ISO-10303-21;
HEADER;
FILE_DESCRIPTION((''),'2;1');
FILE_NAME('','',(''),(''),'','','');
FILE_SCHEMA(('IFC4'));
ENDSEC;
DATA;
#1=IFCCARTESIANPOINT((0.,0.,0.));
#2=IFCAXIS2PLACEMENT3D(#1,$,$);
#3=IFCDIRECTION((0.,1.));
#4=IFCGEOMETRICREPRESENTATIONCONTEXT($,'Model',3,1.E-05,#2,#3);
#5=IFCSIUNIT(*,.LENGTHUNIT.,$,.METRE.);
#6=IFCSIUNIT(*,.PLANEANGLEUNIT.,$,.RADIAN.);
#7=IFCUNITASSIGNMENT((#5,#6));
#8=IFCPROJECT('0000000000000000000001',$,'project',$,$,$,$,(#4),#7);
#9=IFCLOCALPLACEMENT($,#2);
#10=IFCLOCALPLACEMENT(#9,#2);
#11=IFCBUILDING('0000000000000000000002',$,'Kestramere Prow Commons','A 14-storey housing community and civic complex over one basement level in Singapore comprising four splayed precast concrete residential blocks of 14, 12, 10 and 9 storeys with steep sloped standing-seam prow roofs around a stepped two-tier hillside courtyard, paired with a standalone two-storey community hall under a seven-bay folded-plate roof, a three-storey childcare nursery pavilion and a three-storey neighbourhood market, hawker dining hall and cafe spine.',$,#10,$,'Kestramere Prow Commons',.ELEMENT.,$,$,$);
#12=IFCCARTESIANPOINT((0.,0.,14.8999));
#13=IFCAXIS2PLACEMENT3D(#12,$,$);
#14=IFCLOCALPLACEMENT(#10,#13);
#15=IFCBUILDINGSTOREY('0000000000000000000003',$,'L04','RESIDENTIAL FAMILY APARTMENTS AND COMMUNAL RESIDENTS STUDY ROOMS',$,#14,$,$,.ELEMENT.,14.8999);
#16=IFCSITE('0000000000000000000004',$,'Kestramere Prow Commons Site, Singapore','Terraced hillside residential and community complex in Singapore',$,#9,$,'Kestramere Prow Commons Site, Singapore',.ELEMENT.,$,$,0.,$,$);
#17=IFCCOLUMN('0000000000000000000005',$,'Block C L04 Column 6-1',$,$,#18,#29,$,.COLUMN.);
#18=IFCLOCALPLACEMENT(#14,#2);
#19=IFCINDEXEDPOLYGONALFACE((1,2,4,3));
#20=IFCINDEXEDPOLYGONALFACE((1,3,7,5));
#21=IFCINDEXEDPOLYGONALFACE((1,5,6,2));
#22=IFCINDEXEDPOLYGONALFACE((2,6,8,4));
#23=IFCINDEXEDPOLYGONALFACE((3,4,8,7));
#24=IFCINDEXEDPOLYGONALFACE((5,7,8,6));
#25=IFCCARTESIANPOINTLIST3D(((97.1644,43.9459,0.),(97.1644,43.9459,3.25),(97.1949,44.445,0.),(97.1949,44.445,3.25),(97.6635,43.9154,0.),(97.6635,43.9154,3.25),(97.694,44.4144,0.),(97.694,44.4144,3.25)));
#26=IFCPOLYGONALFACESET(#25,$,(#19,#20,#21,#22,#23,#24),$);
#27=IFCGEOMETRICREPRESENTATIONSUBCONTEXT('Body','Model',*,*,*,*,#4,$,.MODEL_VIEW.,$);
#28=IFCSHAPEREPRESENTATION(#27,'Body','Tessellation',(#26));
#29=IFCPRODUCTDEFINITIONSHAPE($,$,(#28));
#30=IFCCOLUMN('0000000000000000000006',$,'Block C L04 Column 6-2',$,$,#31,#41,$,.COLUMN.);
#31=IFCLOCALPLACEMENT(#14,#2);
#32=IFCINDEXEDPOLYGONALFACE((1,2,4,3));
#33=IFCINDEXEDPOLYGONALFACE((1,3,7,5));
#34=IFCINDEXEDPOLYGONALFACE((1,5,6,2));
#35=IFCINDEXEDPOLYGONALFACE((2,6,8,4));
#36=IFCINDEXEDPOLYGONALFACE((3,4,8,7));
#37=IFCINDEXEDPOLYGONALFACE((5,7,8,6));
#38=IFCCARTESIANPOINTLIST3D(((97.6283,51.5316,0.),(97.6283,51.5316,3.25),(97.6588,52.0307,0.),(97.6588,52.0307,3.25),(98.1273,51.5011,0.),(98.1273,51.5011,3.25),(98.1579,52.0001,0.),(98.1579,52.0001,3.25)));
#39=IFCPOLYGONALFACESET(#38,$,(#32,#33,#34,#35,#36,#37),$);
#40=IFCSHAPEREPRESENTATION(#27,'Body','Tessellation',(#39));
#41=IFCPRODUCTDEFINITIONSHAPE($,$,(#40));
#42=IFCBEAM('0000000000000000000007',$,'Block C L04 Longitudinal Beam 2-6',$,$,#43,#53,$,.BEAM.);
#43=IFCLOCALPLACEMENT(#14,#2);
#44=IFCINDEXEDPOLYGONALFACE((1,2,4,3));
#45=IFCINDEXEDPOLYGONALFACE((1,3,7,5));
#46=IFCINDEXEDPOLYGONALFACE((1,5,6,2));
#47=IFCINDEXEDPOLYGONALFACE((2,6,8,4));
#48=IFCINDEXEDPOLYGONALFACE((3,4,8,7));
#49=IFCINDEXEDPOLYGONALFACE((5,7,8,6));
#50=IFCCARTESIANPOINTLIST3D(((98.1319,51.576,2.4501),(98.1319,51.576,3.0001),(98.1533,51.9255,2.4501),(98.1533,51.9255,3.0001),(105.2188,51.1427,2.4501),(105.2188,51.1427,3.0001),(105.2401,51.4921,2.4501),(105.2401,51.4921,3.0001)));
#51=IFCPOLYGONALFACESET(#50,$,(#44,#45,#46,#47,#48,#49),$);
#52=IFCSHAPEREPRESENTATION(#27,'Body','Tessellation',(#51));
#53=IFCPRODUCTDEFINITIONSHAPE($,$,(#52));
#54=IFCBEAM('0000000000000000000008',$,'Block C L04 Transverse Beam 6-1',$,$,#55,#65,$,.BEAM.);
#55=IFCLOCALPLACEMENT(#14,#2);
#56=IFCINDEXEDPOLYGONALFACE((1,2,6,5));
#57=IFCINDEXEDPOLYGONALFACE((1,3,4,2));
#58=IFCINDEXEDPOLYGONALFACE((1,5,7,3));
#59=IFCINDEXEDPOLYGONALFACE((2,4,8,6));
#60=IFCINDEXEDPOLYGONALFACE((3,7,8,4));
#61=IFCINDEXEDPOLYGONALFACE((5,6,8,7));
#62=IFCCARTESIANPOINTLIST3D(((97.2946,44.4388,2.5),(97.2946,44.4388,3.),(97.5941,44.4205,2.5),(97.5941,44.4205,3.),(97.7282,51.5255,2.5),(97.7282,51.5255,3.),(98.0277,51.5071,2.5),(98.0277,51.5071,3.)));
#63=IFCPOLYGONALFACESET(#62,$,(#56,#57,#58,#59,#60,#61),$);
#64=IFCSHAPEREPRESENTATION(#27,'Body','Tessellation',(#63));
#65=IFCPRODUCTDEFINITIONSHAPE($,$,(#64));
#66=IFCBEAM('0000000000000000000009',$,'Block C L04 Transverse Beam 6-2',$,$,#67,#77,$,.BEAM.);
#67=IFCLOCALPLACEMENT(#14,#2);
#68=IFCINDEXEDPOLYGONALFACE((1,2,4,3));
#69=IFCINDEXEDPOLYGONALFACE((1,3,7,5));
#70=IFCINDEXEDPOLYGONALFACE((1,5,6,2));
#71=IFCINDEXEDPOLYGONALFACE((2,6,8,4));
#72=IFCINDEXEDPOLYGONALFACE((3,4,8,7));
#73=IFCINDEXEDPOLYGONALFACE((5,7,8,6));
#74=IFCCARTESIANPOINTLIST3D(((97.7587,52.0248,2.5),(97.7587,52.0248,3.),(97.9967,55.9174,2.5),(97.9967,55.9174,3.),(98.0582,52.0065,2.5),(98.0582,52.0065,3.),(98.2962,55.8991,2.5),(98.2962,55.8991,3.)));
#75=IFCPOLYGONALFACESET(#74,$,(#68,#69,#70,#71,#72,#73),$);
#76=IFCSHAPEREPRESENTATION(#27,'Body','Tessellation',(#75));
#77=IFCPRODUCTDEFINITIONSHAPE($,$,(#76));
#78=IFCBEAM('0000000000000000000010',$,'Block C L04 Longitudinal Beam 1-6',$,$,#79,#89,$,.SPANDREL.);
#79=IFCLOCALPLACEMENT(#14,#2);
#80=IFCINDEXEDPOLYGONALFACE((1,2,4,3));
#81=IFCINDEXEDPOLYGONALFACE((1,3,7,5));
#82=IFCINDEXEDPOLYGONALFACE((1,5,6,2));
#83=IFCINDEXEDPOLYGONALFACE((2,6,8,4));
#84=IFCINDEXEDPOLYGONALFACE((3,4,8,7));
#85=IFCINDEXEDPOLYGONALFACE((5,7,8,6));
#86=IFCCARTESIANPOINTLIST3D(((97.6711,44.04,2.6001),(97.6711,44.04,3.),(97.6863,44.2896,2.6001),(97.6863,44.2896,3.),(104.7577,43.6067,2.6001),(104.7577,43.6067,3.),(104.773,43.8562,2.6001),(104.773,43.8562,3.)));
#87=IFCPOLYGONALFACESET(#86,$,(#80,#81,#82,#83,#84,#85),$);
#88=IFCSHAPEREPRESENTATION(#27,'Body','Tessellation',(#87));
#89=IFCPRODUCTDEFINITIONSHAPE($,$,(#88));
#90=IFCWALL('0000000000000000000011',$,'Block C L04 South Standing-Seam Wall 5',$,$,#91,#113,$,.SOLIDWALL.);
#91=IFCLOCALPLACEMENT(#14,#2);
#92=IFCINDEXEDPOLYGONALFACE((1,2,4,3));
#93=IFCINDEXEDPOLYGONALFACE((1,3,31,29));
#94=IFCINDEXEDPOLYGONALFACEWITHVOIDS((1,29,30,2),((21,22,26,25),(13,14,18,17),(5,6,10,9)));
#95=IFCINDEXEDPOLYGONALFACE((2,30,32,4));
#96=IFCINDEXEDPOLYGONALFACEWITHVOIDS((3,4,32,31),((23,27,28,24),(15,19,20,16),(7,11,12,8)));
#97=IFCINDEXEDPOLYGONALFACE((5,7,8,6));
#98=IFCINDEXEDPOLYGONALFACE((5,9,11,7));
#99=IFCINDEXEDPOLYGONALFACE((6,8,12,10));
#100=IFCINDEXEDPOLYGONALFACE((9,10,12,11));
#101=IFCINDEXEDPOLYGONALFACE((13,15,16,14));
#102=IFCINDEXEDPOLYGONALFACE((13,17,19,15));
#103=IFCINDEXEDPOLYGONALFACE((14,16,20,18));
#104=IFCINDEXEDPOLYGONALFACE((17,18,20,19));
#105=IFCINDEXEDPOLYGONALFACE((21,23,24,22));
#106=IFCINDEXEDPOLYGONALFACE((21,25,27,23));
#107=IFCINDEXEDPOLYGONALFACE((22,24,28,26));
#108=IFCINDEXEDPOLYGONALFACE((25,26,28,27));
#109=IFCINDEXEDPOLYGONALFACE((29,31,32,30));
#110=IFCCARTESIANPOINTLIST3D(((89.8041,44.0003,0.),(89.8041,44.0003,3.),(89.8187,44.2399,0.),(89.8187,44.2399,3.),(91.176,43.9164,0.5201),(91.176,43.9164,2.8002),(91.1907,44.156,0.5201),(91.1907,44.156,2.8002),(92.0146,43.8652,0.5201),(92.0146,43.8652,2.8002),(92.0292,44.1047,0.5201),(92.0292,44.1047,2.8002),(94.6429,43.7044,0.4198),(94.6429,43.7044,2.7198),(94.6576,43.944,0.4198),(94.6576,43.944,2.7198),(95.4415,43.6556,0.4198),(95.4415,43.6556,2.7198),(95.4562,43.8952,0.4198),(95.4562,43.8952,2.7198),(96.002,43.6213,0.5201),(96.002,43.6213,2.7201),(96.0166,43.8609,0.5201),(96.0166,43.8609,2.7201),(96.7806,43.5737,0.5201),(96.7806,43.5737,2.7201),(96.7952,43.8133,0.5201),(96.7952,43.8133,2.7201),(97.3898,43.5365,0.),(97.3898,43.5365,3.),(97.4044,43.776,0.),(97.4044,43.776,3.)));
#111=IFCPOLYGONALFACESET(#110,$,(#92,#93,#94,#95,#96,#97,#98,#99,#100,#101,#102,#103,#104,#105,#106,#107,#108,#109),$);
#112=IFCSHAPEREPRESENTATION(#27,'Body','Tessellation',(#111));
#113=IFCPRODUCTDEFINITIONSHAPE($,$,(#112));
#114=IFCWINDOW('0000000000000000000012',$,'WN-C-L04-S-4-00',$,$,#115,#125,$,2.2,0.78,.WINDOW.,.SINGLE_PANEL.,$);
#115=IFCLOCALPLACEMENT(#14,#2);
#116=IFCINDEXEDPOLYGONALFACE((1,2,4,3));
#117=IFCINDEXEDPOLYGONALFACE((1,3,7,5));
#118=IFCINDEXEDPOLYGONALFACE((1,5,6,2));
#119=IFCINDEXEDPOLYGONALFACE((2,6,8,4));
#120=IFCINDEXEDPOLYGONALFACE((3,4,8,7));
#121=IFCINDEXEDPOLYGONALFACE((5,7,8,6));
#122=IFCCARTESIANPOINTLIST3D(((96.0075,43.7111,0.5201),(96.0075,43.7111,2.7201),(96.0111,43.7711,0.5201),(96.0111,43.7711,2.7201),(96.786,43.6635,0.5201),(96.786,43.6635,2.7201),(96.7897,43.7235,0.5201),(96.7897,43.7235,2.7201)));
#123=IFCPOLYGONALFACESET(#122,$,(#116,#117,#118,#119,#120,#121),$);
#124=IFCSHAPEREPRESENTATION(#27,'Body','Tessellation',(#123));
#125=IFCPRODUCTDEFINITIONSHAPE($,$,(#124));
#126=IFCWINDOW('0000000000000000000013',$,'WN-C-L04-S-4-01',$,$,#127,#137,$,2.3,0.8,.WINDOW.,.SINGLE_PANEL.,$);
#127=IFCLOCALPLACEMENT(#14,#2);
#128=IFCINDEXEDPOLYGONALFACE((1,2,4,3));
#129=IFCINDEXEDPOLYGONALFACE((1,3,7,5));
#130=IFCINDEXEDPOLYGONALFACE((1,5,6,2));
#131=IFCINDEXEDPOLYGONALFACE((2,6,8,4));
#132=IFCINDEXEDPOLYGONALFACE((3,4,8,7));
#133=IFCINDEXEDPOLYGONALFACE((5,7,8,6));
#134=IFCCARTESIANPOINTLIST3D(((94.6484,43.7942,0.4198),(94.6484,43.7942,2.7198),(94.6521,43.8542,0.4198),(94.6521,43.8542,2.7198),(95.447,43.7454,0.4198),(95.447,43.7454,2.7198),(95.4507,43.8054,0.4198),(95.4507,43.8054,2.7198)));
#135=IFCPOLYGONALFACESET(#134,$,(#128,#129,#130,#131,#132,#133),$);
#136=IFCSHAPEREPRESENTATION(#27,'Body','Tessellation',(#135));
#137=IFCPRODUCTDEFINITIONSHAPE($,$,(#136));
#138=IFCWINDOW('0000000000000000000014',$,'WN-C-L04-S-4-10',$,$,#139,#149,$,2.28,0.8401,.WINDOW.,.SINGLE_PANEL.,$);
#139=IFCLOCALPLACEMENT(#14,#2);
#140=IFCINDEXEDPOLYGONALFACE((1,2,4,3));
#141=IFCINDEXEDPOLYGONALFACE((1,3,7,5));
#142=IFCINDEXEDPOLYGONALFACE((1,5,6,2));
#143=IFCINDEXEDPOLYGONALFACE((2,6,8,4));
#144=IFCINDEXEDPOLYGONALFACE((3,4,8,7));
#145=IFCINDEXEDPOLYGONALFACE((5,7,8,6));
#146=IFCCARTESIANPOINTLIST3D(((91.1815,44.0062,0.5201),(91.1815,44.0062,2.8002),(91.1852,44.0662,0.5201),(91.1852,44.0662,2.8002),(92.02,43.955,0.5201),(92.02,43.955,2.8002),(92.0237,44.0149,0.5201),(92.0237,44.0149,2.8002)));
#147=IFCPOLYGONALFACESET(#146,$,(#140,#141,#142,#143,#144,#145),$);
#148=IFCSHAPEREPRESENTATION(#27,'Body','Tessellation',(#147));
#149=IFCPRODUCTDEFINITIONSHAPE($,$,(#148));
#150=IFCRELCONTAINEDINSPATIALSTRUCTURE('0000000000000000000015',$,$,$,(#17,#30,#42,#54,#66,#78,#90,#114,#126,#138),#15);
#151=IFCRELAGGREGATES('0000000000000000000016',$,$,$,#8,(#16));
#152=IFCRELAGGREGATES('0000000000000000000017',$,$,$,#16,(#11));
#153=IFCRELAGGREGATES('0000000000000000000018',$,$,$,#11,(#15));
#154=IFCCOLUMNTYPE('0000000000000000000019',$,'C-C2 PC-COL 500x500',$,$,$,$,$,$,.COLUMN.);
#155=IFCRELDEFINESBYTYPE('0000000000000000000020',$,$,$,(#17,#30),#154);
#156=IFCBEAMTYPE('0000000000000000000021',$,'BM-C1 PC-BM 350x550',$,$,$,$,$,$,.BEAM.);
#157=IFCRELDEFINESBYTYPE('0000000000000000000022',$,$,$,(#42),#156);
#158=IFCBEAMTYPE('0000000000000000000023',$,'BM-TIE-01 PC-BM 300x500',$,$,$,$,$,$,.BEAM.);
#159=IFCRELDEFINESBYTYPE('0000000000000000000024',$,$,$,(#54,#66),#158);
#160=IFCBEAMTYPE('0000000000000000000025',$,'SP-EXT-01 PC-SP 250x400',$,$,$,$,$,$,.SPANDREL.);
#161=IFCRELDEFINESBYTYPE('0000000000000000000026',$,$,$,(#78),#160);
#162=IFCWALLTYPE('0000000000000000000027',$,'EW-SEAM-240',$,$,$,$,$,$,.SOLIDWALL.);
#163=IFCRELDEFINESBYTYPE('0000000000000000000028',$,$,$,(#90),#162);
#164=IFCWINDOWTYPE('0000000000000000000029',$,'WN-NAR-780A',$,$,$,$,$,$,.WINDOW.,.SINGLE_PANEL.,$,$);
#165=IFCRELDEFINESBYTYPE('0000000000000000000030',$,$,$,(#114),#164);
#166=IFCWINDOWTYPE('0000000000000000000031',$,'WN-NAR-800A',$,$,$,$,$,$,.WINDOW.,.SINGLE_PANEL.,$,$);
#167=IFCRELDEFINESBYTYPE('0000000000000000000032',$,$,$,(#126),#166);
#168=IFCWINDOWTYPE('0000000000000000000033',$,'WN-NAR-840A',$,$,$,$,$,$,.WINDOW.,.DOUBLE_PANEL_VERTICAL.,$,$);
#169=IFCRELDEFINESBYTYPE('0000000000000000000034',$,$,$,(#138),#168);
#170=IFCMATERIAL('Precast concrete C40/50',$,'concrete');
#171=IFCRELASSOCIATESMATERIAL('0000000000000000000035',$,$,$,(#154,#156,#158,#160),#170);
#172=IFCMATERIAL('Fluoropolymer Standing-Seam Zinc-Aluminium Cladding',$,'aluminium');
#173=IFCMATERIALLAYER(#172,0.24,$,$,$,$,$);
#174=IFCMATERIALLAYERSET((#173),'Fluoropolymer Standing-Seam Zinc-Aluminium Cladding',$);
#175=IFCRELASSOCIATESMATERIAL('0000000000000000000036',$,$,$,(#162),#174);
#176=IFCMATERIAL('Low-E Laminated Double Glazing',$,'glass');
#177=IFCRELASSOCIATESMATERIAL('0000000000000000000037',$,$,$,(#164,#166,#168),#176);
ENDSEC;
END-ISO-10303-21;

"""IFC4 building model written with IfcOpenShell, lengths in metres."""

from ifc_helpers import new_model, si_unit, direction, frame, frame_2d, origin, origin_2d, place, context, subcontext, project, spatial, rectangle, extrude, material, layer, layer_set, material_profile, profile_set, type_object, element, fill, save


model = new_model("IFC4")

# Units and contexts
model_context = context("Model", 3, precision=1e-05, world=origin(), true_north=direction((0.0, 1.0)))
body_context = subcontext(model_context, "Body", "Model", "MODEL_VIEW")
ifc_project = project(units=[si_unit("LENGTHUNIT", "METRE"), si_unit("PLANEANGLEUNIT", "RADIAN")], contexts=[model_context])

# Site, building, storey
site_placement = place(None, origin())
site = spatial("IfcSite", under=ifc_project, at=site_placement, Name="Kestramere Prow Commons Site, Singapore", Description="Terraced hillside residential and community complex in Singapore", LongName="Kestramere Prow Commons Site, Singapore", CompositionType="ELEMENT", RefElevation=0.0)
building_placement = place(site_placement, origin())
building = spatial("IfcBuilding", under=site, at=building_placement, Name="Kestramere Prow Commons", Description="A 14-storey housing community and civic complex over one basement level in Singapore comprising four splayed precast concrete residential blocks of 14, 12, 10 and 9 storeys with steep sloped standing-seam prow roofs around a stepped two-tier hillside courtyard, paired with a standalone two-storey community hall under a seven-bay folded-plate roof, a three-storey childcare nursery pavilion and a three-storey neighbourhood market, hawker dining hall and cafe spine.", LongName="Kestramere Prow Commons", CompositionType="ELEMENT")
storey_placement = place(building_placement, frame((0.0, 0.0, 14.8999)))
storey = spatial("IfcBuildingStorey", under=building, at=storey_placement, Name="L04", Description="RESIDENTIAL FAMILY APARTMENTS AND COMMUNAL RESIDENTS STUDY ROOMS", CompositionType="ELEMENT", Elevation=14.8999)

# Columns
ifc_material_1 = material(Name="Precast concrete C40/50", Category="concrete")
ifc_material_profile_1 = material_profile(ifc_material_1, rectangle(XDim=0.5, YDim=0.5, at=origin_2d()), Name="PC-COL 500x500")
ifc_profile_set_1 = profile_set([ifc_material_profile_1], Name="Precast concrete C40/50")
column_type = type_object("IfcColumnType", Name="C-C2 PC-COL 500x500", PredefinedType="COLUMN", material=ifc_profile_set_1)
for number, where, z_axis, x_axis, name in (
    (1, (97.4292, 44.1802, 0.0), (0.0, 0.0, 1.0), (0.998135, -0.061049, 0.0), "Block C L04 Column 6-1"),
    (2, (97.8931, 51.7659, 0.0), (0.0, 0.0, 1.0), (0.998135, -0.061049, 0.0), "Block C L04 Column 6-2"),
):
    element("IfcColumn", number, at=place(storey_placement, frame(where, z_axis=z_axis, x_axis=x_axis)), inside=storey, type_object=column_type, Name=name, PredefinedType="COLUMN", context=body_context, shape_type="SweptSolid", body=[
        extrude(rectangle(XDim=0.5, YDim=0.5, at=origin_2d()), origin(), (0.0, 0.0, 1.0), 3.25),
    ])

# Beams
ifc_material_profile_2 = material_profile(ifc_material_1, rectangle(XDim=0.3501, YDim=0.55, at=origin_2d()), Name="PC-BM 350x550")
ifc_profile_set_2 = profile_set([ifc_material_profile_2], Name="Precast concrete C40/50")
beam_type_1 = type_object("IfcBeamType", Name="BM-C1 PC-BM 350x550", PredefinedType="BEAM", material=ifc_profile_set_2)
beam_1_placement = place(storey_placement, frame((98.1426, 51.7507, 2.7251), z_axis=(0.998136, -0.061034, 0.0), x_axis=(0.061034, 0.998136, 0.0)))
element("IfcBeam", 3, at=beam_1_placement, inside=storey, type_object=beam_type_1, Name="Block C L04 Longitudinal Beam 2-6", PredefinedType="BEAM", context=body_context, shape_type="SweptSolid", body=[
    extrude(rectangle(XDim=0.3501, YDim=0.55, at=origin_2d()), origin(), (0.0, 0.0, 1.0), 7.1001),
])
ifc_material_profile_3 = material_profile(ifc_material_1, rectangle(XDim=0.3, YDim=0.5, at=origin_2d()), Name="PC-BM 300x500")
ifc_profile_set_3 = profile_set([ifc_material_profile_3], Name="Precast concrete C40/50")
beam_type_2 = type_object("IfcBeamType", Name="BM-TIE-01 PC-BM 300x500", PredefinedType="BEAM", material=ifc_profile_set_3)
beam_2_placement = place(storey_placement, frame((97.4443, 44.4297, 2.75), z_axis=(0.06107, 0.998133, 0.0), x_axis=(-0.998133, 0.06107, 0.0)))
element("IfcBeam", 4, at=beam_2_placement, inside=storey, type_object=beam_type_2, Name="Block C L04 Transverse Beam 6-1", PredefinedType="BEAM", context=body_context, shape_type="SweptSolid", body=[
    extrude(rectangle(XDim=0.3, YDim=0.5, at=origin_2d()), origin(), (0.0, 0.0, 1.0), 7.0999),
])
beam_3_placement = place(storey_placement, frame((97.9084, 52.0156, 2.75), z_axis=(0.061038, 0.998135, 0.0), x_axis=(-0.998135, 0.061038, 0.0)))
element("IfcBeam", 5, at=beam_3_placement, inside=storey, type_object=beam_type_2, Name="Block C L04 Transverse Beam 6-2", PredefinedType="BEAM", context=body_context, shape_type="SweptSolid", body=[
    extrude(rectangle(XDim=0.3, YDim=0.5, at=origin_2d()), origin(), (0.0, 0.0, 1.0), 3.8999),
])
ifc_material_profile_4 = material_profile(ifc_material_1, rectangle(XDim=0.25, YDim=0.3999, at=origin_2d()), Name="PC-SP 250x400")
ifc_profile_set_4 = profile_set([ifc_material_profile_4], Name="Precast concrete C40/50")
beam_type_3 = type_object("IfcBeamType", Name="SP-EXT-01 PC-SP 250x400", PredefinedType="SPANDREL", material=ifc_profile_set_4)
beam_4_placement = place(storey_placement, frame((97.6787, 44.1648, 2.8), z_axis=(0.998136, -0.061036, 0.0), x_axis=(0.061036, 0.998136, 0.0)))
element("IfcBeam", 6, at=beam_4_placement, inside=storey, type_object=beam_type_3, Name="Block C L04 Longitudinal Beam 1-6", PredefinedType="SPANDREL", context=body_context, shape_type="SweptSolid", body=[
    extrude(rectangle(XDim=0.25, YDim=0.3999, at=origin_2d()), origin(), (0.0, 0.0, 1.0), 7.0999),
])

# Wall, openings, windows
ifc_material_2 = material(Name="Fluoropolymer Standing-Seam Zinc-Aluminium Cladding", Category="aluminium")
ifc_layer_1 = layer(ifc_material_2, 0.24)
ifc_layer_set_1 = layer_set([ifc_layer_1], Name="Fluoropolymer Standing-Seam Zinc-Aluminium Cladding")
wall_type_1 = type_object("IfcWallType", Name="EW-SEAM-240", PredefinedType="SOLIDWALL", material=ifc_layer_set_1)
wall_1_placement = place(storey_placement, frame((97.397, 43.6562, 0.0), z_axis=(0.0, 0.0, 1.0), x_axis=(-0.998136, 0.061036, 0.0)))
wall_1 = element("IfcWall", 7, at=wall_1_placement, inside=storey, type_object=wall_type_1, Name="Block C L04 South Standing-Seam Wall 5", PredefinedType="SOLIDWALL", context=body_context, shape_type="SweptSolid", body=[
    extrude(rectangle(XDim=7.5999, YDim=0.24, at=frame_2d((3.7998, 0.0))), origin(), (0.0, 0.0, 1.0), 3.0),
])
opening_1_placement = place(wall_1_placement, frame((0.6101, 0.0, 0.52)))
opening_1 = element("IfcOpeningElement", 8, at=opening_1_placement, cuts=wall_1, PredefinedType="OPENING", context=body_context, shape_type="SweptSolid", body=[
    extrude(rectangle(XDim=0.78, YDim=2.2, at=frame_2d((0.3901, 1.1001))), frame((0.0, 0.135, 0.0), z_axis=(0.0, -1.0, 0.0), x_axis=(1.0, 0.0, 0.0)), (0.0, 0.0, 1.0), 0.27),
])
opening_2_placement = place(wall_1_placement, frame((1.9519, 0.0, 0.4199)))
opening_2 = element("IfcOpeningElement", 9, at=opening_2_placement, cuts=wall_1, PredefinedType="OPENING", context=body_context, shape_type="SweptSolid", body=[
    extrude(rectangle(XDim=0.8, YDim=2.3, at=frame_2d((0.3999, 1.1499))), frame((0.0, 0.135, 0.0), z_axis=(0.0, -1.0, 0.0), x_axis=(1.0, 0.0, 0.0)), (0.0, 0.0, 1.0), 0.27),
])
opening_3_placement = place(wall_1_placement, frame((5.3853, 0.0, 0.52)))
opening_3 = element("IfcOpeningElement", 10, at=opening_3_placement, cuts=wall_1, PredefinedType="OPENING", context=body_context, shape_type="SweptSolid", body=[
    extrude(rectangle(XDim=0.8401, YDim=2.28, at=frame_2d((0.4199, 1.1401))), frame((0.0, 0.135, 0.0), z_axis=(0.0, -1.0, 0.0), x_axis=(1.0, 0.0, 0.0)), (0.0, 0.0, 1.0), 0.27),
])
ifc_material_3 = material(Name="Low-E Laminated Double Glazing", Category="glass")
window_type_1 = type_object("IfcWindowType", Name="WN-NAR-780A", PartitioningType="SINGLE_PANEL", PredefinedType="WINDOW", material=ifc_material_3)
window_1_placement = place(opening_1_placement, origin())
window_1 = element("IfcWindow", 11, at=window_1_placement, inside=storey, type_object=window_type_1, Name="WN-C-L04-S-4-00", OverallHeight=2.2, OverallWidth=0.78, PartitioningType="SINGLE_PANEL", PredefinedType="WINDOW", context=body_context, shape_type="SweptSolid", body=[
    extrude(rectangle(XDim=0.78, YDim=2.2, at=frame_2d((0.3901, 1.1001))), frame((0.0, 0.03, 0.0), z_axis=(0.0, -1.0, 0.0), x_axis=(1.0, 0.0, 0.0)), (0.0, 0.0, 1.0), 0.0601),
])
fill(opening_1, window_1)
window_type_2 = type_object("IfcWindowType", Name="WN-NAR-800A", PartitioningType="SINGLE_PANEL", PredefinedType="WINDOW", material=ifc_material_3)
window_2_placement = place(opening_2_placement, origin())
window_2 = element("IfcWindow", 12, at=window_2_placement, inside=storey, type_object=window_type_2, Name="WN-C-L04-S-4-01", OverallHeight=2.3, OverallWidth=0.8, PartitioningType="SINGLE_PANEL", PredefinedType="WINDOW", context=body_context, shape_type="SweptSolid", body=[
    extrude(rectangle(XDim=0.8, YDim=2.3, at=frame_2d((0.3999, 1.1499))), frame((0.0, 0.03, 0.0), z_axis=(0.0, -1.0, 0.0), x_axis=(1.0, 0.0, 0.0)), (0.0, 0.0, 1.0), 0.0601),
])
fill(opening_2, window_2)
window_type_3 = type_object("IfcWindowType", Name="WN-NAR-840A", PartitioningType="DOUBLE_PANEL_VERTICAL", PredefinedType="WINDOW", material=ifc_material_3)
window_3_placement = place(opening_3_placement, origin())
window_3 = element("IfcWindow", 13, at=window_3_placement, inside=storey, type_object=window_type_3, Name="WN-C-L04-S-4-10", OverallHeight=2.28, OverallWidth=0.8401, PartitioningType="SINGLE_PANEL", PredefinedType="WINDOW", context=body_context, shape_type="SweptSolid", body=[
    extrude(rectangle(XDim=0.8401, YDim=2.28, at=frame_2d((0.4199, 1.1401))), frame((0.0, 0.03, 0.0), z_axis=(0.0, -1.0, 0.0), x_axis=(1.0, 0.0, 0.0)), (0.0, 0.0, 1.0), 0.0601),
])
fill(opening_3, window_3)

save(model, "model.ifc")
